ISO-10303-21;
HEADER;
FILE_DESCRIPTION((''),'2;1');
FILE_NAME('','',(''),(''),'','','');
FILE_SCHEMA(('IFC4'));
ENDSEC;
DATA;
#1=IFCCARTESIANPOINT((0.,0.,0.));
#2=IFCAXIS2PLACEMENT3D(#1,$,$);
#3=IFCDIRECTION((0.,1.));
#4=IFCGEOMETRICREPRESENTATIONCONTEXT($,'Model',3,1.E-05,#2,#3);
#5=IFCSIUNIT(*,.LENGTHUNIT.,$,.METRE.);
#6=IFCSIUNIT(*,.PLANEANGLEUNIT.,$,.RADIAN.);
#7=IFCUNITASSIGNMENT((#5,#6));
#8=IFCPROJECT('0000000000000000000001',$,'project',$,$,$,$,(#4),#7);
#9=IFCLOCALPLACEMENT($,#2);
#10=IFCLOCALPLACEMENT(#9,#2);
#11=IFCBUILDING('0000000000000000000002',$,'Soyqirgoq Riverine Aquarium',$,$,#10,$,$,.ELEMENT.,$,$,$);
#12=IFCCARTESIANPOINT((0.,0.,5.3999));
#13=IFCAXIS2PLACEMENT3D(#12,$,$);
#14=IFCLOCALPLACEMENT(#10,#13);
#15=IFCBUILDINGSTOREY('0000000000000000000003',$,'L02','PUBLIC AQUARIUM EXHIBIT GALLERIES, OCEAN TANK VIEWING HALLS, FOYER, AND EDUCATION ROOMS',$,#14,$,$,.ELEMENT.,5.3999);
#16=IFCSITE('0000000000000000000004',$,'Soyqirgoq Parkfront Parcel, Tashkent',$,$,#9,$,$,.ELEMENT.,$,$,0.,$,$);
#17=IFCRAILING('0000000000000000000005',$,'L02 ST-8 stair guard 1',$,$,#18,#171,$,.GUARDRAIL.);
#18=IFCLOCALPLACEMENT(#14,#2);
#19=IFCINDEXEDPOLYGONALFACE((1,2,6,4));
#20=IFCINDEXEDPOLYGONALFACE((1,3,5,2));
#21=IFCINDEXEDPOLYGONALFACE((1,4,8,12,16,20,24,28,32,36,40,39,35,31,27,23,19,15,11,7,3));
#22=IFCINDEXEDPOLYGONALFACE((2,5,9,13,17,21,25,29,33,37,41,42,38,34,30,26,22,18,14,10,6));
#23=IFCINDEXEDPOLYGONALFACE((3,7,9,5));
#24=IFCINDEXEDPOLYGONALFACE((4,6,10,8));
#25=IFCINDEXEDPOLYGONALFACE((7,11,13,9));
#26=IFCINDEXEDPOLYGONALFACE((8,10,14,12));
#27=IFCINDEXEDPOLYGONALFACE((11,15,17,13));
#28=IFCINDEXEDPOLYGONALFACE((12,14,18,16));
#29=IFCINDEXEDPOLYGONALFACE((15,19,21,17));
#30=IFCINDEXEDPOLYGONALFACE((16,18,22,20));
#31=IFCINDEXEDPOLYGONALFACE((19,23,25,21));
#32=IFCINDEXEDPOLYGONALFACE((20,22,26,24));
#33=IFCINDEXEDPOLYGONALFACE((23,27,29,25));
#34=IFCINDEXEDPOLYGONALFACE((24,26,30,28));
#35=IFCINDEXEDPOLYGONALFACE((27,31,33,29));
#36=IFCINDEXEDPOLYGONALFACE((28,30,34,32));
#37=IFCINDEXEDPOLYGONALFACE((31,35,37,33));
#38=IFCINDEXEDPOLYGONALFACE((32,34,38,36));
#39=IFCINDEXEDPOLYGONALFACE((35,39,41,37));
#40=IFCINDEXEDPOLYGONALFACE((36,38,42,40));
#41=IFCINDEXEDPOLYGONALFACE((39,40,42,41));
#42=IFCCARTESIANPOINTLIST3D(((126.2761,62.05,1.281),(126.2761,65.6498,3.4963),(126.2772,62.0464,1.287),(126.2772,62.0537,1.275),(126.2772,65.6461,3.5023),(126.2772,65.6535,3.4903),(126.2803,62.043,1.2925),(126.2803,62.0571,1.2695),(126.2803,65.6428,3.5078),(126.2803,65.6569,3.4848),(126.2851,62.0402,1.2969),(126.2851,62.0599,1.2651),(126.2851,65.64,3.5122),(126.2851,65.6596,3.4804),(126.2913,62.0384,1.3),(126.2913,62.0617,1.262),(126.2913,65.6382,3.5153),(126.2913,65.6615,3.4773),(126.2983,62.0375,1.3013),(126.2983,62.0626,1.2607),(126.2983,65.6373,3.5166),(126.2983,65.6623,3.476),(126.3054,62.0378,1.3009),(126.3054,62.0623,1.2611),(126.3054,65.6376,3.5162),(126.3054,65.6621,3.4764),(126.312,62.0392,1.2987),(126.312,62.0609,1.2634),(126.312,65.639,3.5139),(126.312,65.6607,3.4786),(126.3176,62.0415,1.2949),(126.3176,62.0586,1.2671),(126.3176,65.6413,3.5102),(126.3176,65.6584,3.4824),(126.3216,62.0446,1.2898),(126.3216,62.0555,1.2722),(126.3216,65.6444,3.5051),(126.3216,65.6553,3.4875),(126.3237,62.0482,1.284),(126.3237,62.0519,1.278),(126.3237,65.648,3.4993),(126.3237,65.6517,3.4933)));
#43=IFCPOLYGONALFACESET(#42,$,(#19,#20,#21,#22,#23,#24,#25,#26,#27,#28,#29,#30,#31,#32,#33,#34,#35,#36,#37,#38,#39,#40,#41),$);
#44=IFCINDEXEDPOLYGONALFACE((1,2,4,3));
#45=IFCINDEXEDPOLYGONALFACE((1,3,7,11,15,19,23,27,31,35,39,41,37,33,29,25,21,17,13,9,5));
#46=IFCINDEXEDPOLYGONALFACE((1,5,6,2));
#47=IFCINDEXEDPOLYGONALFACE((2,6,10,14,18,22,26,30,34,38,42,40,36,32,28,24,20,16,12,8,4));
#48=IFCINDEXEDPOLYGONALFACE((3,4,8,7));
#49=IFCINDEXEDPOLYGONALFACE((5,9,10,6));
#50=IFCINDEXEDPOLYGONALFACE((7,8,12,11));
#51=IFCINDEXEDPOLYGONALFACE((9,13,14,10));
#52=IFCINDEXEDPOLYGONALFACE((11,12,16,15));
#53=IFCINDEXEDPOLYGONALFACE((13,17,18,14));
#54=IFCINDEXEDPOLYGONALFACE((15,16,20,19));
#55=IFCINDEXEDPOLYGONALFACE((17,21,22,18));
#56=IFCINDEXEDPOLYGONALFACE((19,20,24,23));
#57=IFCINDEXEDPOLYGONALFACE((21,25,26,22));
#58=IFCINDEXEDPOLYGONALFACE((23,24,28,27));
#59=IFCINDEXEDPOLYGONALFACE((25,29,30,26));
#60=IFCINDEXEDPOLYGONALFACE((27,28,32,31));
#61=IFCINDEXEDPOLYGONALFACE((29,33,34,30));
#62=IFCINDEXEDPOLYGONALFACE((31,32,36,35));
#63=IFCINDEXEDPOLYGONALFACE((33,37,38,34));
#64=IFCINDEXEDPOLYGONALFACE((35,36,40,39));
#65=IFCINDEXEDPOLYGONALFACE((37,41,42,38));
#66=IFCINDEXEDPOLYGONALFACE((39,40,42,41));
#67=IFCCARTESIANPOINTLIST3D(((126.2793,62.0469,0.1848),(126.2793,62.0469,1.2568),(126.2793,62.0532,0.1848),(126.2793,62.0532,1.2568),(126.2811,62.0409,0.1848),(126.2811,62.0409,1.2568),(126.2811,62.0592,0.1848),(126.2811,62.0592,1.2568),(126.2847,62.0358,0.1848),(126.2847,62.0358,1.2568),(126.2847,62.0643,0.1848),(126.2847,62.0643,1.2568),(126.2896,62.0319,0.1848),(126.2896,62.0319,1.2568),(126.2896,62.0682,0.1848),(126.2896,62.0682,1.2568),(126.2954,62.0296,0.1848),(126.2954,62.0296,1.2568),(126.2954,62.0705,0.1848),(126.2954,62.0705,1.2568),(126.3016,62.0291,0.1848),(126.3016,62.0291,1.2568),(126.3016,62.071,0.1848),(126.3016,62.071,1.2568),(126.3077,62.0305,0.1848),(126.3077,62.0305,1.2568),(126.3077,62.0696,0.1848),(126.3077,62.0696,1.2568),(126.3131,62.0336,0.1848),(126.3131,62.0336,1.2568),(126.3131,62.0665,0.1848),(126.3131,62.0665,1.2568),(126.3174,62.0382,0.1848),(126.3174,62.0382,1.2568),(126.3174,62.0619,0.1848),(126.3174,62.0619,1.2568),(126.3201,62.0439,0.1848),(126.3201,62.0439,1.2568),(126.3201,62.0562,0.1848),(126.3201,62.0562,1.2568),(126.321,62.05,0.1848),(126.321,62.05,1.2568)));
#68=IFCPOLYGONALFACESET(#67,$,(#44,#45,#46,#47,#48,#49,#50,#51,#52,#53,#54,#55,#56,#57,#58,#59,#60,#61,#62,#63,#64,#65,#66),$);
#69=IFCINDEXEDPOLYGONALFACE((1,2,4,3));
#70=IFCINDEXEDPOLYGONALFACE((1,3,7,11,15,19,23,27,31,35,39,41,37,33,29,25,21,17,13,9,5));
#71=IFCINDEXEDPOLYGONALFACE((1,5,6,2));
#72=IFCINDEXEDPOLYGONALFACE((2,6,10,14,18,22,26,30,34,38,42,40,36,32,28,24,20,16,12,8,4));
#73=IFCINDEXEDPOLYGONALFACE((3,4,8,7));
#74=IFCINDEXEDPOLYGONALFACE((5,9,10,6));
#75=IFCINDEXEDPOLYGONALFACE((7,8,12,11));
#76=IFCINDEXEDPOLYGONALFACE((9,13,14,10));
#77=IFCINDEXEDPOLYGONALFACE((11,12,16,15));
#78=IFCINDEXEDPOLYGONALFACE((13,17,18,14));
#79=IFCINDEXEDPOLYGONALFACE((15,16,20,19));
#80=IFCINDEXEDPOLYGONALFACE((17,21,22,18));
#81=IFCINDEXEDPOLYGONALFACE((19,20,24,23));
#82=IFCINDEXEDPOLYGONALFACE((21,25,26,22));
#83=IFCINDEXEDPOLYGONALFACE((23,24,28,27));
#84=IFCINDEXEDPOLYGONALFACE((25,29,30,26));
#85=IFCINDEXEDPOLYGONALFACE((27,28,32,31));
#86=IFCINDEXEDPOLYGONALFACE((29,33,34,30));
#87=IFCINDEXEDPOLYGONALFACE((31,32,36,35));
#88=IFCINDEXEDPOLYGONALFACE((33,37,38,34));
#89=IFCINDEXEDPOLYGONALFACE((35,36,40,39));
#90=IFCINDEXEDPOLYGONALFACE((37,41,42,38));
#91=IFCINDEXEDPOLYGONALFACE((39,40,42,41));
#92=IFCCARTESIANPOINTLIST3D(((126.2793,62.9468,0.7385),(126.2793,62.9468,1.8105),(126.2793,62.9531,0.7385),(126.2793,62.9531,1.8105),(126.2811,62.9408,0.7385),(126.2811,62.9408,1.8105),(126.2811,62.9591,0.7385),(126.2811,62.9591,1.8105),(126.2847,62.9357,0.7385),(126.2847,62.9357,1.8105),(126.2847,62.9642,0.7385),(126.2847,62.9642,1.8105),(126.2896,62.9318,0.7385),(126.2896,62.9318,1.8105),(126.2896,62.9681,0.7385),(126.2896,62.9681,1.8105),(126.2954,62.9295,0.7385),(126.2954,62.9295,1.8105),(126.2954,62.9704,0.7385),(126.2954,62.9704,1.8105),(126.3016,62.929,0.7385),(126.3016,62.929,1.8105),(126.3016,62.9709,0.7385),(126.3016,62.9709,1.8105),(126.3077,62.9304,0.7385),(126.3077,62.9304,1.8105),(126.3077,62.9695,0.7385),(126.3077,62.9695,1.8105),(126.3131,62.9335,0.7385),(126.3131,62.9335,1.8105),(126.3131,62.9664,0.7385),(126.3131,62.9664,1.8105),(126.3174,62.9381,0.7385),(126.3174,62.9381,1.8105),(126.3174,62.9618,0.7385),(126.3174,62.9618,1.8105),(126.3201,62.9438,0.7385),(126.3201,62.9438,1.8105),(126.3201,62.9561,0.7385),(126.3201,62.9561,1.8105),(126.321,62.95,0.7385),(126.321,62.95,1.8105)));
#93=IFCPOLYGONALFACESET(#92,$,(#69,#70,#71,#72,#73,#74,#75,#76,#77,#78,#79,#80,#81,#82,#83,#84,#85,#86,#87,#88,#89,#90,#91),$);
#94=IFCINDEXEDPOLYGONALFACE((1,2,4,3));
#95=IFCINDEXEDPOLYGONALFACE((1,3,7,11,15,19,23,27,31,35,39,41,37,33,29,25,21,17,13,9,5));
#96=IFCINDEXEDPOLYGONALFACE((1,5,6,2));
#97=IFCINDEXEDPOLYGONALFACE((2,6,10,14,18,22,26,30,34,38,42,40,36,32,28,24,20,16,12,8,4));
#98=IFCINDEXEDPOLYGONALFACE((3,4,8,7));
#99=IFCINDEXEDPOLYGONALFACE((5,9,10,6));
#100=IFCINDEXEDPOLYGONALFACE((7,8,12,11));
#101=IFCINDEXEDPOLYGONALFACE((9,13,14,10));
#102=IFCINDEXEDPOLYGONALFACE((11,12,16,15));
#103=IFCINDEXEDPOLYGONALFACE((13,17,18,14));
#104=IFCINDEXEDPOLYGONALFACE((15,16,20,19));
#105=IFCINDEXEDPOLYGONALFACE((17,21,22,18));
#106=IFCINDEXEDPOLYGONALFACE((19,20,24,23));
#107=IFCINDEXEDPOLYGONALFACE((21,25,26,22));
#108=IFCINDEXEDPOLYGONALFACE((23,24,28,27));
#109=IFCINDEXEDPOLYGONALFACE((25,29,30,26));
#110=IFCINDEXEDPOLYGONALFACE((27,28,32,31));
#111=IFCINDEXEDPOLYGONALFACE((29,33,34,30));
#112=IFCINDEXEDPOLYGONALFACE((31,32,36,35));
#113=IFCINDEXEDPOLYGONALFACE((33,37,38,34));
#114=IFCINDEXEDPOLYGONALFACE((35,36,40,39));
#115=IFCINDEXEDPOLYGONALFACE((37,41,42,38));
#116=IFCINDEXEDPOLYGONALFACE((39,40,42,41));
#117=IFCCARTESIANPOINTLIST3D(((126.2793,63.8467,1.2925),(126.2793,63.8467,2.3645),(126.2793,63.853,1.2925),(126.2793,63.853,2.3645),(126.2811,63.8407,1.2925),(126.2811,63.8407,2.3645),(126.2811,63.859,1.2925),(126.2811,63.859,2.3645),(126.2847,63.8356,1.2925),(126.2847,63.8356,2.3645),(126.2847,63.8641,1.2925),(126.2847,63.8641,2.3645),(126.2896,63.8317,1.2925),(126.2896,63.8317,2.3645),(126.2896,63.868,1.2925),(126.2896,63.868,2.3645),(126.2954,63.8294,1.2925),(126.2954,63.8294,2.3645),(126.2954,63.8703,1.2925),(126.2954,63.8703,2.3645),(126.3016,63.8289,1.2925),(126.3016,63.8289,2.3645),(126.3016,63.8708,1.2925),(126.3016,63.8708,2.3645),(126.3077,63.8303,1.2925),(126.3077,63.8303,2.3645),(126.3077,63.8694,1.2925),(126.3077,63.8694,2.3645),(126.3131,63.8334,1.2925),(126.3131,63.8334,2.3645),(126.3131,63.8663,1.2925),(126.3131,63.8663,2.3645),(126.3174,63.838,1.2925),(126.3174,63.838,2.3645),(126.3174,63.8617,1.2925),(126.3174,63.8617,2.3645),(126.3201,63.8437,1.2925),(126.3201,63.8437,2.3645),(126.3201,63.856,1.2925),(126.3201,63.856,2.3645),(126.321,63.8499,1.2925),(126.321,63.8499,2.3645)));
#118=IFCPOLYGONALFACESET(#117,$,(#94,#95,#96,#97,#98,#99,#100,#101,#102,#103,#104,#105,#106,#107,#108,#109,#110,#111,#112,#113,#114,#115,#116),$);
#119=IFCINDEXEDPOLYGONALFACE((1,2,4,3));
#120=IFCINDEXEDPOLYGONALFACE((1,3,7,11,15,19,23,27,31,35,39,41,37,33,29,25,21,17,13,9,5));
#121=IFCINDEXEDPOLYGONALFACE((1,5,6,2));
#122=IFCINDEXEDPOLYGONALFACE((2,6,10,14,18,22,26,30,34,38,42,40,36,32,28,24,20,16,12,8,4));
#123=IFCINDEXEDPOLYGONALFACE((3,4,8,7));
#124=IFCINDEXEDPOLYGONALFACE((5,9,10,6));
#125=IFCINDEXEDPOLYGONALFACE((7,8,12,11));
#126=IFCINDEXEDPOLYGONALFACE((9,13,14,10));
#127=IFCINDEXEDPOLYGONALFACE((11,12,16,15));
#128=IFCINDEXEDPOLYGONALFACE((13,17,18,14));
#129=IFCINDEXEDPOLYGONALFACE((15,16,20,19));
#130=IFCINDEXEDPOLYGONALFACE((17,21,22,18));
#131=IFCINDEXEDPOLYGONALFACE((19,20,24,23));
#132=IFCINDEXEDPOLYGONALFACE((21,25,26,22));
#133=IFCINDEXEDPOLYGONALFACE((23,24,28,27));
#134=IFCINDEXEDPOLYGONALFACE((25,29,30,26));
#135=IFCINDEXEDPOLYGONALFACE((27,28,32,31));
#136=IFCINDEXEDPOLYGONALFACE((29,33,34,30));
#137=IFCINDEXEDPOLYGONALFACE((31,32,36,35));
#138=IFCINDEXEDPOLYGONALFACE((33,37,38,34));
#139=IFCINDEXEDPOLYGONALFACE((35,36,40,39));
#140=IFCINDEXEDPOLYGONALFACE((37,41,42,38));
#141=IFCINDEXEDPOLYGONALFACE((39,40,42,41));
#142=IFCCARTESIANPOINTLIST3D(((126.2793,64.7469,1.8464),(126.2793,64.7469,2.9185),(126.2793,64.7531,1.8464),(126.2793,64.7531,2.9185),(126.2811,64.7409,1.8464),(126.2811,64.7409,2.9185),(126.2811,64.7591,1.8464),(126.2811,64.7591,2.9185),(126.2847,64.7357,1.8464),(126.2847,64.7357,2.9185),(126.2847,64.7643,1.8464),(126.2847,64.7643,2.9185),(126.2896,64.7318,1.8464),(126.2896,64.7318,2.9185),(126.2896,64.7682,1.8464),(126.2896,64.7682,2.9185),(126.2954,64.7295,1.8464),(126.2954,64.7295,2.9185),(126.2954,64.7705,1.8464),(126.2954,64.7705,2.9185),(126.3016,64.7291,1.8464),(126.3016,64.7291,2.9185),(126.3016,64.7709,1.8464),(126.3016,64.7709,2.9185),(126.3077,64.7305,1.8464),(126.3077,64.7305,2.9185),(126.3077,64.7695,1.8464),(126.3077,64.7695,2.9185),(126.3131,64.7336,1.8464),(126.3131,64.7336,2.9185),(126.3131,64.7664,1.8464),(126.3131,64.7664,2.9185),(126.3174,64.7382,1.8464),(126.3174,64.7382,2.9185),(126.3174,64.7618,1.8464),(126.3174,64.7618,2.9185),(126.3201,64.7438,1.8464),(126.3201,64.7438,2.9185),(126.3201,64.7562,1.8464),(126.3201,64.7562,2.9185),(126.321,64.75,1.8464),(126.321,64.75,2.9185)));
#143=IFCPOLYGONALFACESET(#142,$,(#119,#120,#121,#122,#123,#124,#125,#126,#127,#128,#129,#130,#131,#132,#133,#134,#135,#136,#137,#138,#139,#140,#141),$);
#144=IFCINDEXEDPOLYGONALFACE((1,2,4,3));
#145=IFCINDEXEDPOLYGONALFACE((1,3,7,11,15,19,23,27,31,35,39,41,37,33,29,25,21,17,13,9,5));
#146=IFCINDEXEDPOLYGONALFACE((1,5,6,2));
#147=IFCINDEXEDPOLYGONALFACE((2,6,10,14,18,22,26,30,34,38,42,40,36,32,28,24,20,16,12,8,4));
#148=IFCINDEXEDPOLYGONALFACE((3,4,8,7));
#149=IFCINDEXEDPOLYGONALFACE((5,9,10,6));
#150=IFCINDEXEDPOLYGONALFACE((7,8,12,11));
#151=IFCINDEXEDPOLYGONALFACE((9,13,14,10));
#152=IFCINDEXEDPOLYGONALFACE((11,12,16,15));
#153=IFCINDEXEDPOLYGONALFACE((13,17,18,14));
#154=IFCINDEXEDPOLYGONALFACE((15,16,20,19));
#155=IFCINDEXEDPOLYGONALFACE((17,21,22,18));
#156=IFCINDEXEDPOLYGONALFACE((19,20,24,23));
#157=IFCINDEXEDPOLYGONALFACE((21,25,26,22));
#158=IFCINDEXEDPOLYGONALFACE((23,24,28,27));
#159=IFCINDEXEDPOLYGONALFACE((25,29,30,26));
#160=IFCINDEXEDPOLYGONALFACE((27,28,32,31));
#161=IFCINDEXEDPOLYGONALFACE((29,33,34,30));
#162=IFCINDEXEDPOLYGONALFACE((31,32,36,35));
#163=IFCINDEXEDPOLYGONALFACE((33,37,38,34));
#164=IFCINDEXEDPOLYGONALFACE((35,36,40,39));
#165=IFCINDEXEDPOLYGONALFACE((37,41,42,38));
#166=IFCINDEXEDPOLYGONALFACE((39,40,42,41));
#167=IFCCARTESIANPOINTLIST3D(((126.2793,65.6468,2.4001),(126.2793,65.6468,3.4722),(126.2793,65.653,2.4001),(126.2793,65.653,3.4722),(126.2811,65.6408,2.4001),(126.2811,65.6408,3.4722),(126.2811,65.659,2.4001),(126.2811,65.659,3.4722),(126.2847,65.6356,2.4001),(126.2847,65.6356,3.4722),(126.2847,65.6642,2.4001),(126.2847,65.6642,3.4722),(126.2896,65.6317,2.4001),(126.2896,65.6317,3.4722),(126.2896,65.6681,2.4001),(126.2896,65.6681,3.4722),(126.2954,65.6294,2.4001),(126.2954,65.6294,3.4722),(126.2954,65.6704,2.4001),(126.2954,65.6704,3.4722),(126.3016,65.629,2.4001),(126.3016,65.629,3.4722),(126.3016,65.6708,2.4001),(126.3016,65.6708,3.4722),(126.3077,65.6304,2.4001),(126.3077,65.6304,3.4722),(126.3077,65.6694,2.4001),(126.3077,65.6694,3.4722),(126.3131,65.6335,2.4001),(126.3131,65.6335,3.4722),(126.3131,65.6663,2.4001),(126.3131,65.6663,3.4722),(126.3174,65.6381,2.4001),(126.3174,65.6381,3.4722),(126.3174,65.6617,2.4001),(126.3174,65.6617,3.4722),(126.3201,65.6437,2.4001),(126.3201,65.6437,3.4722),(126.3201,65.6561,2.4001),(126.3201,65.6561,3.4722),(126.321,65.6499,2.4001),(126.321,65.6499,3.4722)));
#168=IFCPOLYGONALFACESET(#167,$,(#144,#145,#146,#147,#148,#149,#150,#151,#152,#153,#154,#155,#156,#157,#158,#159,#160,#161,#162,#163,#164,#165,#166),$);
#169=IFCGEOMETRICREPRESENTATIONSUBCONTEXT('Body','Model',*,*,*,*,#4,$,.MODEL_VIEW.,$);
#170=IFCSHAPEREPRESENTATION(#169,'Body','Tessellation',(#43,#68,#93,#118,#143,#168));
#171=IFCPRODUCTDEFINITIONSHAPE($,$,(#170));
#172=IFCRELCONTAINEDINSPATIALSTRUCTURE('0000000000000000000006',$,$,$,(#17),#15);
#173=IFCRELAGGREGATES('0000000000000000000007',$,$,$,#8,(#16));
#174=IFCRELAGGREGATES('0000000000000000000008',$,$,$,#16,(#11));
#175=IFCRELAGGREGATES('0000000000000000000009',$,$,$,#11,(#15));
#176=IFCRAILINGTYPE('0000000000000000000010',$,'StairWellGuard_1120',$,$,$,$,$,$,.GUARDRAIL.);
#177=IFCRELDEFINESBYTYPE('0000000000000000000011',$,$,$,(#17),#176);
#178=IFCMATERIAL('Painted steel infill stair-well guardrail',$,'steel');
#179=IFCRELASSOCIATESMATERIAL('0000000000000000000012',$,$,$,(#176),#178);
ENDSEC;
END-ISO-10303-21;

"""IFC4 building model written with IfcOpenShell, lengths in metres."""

from ifc_helpers import new_model, si_unit, direction, frame, origin, origin_2d, place, context, subcontext, project, spatial, circle, extrude, material, type_object, element, save


model = new_model("IFC4")

# Units and contexts
model_context = context("Model", 3, precision=1e-05, world=origin(), true_north=direction((0.0, 1.0)))
body_context = subcontext(model_context, "Body", "Model", "MODEL_VIEW")
ifc_project = project(units=[si_unit("LENGTHUNIT", "METRE"), si_unit("PLANEANGLEUNIT", "RADIAN")], contexts=[model_context])

# Site, building, storey
site_placement = place(None, origin())
site = spatial("IfcSite", under=ifc_project, at=site_placement, Name="Soyqirgoq Parkfront Parcel, Tashkent", CompositionType="ELEMENT", RefElevation=0.0)
building_placement = place(site_placement, origin())
building = spatial("IfcBuilding", under=site, at=building_placement, Name="Soyqirgoq Riverine Aquarium", CompositionType="ELEMENT")
storey_placement = place(building_placement, frame((0.0, 0.0, 5.3999)))
storey = spatial("IfcBuildingStorey", under=building, at=storey_placement, Name="L02", Description="PUBLIC AQUARIUM EXHIBIT GALLERIES, OCEAN TANK VIEWING HALLS, FOYER, AND EDUCATION ROOMS", CompositionType="ELEMENT", Elevation=5.3999)

# Railing
ifc_material_1 = material(Name="Painted steel infill stair-well guardrail", Category="steel")
railing_type_1 = type_object("IfcRailingType", Name="StairWellGuard_1120", PredefinedType="GUARDRAIL", material=ifc_material_1)
railing_1_placement = place(storey_placement, frame((126.3, 62.05, 0.1848)))
element("IfcRailing", 1, at=railing_1_placement, inside=storey, type_object=railing_type_1, Name="L02 ST-8 stair guard 1", PredefinedType="GUARDRAIL", context=body_context, shape_type="SweptSolid", body=[
    extrude(circle(Radius=0.0239, at=origin_2d()), frame((0.0, 0.0, 1.0962), z_axis=(0.0, 0.851654, 0.524104), x_axis=(-1.0, 0.0, 0.0)), (0.0, 0.0, 1.0), 4.2268),
    extrude(circle(Radius=0.021, at=origin_2d()), origin(), (0.0, 0.0, 1.0), 1.072),
    extrude(circle(Radius=0.021, at=origin_2d()), frame((0.0, 0.8999, 0.5537)), (0.0, 0.0, 1.0), 1.072),
    extrude(circle(Radius=0.021, at=origin_2d()), frame((0.0, 1.7998, 1.1077)), (0.0, 0.0, 1.0), 1.072),
    extrude(circle(Radius=0.021, at=origin_2d()), frame((0.0, 2.7, 1.6616)), (0.0, 0.0, 1.0), 1.072),
    extrude(circle(Radius=0.021, at=origin_2d()), frame((0.0, 3.5999, 2.2153)), (0.0, 0.0, 1.0), 1.072),
])

save(model, "model.ifc")
